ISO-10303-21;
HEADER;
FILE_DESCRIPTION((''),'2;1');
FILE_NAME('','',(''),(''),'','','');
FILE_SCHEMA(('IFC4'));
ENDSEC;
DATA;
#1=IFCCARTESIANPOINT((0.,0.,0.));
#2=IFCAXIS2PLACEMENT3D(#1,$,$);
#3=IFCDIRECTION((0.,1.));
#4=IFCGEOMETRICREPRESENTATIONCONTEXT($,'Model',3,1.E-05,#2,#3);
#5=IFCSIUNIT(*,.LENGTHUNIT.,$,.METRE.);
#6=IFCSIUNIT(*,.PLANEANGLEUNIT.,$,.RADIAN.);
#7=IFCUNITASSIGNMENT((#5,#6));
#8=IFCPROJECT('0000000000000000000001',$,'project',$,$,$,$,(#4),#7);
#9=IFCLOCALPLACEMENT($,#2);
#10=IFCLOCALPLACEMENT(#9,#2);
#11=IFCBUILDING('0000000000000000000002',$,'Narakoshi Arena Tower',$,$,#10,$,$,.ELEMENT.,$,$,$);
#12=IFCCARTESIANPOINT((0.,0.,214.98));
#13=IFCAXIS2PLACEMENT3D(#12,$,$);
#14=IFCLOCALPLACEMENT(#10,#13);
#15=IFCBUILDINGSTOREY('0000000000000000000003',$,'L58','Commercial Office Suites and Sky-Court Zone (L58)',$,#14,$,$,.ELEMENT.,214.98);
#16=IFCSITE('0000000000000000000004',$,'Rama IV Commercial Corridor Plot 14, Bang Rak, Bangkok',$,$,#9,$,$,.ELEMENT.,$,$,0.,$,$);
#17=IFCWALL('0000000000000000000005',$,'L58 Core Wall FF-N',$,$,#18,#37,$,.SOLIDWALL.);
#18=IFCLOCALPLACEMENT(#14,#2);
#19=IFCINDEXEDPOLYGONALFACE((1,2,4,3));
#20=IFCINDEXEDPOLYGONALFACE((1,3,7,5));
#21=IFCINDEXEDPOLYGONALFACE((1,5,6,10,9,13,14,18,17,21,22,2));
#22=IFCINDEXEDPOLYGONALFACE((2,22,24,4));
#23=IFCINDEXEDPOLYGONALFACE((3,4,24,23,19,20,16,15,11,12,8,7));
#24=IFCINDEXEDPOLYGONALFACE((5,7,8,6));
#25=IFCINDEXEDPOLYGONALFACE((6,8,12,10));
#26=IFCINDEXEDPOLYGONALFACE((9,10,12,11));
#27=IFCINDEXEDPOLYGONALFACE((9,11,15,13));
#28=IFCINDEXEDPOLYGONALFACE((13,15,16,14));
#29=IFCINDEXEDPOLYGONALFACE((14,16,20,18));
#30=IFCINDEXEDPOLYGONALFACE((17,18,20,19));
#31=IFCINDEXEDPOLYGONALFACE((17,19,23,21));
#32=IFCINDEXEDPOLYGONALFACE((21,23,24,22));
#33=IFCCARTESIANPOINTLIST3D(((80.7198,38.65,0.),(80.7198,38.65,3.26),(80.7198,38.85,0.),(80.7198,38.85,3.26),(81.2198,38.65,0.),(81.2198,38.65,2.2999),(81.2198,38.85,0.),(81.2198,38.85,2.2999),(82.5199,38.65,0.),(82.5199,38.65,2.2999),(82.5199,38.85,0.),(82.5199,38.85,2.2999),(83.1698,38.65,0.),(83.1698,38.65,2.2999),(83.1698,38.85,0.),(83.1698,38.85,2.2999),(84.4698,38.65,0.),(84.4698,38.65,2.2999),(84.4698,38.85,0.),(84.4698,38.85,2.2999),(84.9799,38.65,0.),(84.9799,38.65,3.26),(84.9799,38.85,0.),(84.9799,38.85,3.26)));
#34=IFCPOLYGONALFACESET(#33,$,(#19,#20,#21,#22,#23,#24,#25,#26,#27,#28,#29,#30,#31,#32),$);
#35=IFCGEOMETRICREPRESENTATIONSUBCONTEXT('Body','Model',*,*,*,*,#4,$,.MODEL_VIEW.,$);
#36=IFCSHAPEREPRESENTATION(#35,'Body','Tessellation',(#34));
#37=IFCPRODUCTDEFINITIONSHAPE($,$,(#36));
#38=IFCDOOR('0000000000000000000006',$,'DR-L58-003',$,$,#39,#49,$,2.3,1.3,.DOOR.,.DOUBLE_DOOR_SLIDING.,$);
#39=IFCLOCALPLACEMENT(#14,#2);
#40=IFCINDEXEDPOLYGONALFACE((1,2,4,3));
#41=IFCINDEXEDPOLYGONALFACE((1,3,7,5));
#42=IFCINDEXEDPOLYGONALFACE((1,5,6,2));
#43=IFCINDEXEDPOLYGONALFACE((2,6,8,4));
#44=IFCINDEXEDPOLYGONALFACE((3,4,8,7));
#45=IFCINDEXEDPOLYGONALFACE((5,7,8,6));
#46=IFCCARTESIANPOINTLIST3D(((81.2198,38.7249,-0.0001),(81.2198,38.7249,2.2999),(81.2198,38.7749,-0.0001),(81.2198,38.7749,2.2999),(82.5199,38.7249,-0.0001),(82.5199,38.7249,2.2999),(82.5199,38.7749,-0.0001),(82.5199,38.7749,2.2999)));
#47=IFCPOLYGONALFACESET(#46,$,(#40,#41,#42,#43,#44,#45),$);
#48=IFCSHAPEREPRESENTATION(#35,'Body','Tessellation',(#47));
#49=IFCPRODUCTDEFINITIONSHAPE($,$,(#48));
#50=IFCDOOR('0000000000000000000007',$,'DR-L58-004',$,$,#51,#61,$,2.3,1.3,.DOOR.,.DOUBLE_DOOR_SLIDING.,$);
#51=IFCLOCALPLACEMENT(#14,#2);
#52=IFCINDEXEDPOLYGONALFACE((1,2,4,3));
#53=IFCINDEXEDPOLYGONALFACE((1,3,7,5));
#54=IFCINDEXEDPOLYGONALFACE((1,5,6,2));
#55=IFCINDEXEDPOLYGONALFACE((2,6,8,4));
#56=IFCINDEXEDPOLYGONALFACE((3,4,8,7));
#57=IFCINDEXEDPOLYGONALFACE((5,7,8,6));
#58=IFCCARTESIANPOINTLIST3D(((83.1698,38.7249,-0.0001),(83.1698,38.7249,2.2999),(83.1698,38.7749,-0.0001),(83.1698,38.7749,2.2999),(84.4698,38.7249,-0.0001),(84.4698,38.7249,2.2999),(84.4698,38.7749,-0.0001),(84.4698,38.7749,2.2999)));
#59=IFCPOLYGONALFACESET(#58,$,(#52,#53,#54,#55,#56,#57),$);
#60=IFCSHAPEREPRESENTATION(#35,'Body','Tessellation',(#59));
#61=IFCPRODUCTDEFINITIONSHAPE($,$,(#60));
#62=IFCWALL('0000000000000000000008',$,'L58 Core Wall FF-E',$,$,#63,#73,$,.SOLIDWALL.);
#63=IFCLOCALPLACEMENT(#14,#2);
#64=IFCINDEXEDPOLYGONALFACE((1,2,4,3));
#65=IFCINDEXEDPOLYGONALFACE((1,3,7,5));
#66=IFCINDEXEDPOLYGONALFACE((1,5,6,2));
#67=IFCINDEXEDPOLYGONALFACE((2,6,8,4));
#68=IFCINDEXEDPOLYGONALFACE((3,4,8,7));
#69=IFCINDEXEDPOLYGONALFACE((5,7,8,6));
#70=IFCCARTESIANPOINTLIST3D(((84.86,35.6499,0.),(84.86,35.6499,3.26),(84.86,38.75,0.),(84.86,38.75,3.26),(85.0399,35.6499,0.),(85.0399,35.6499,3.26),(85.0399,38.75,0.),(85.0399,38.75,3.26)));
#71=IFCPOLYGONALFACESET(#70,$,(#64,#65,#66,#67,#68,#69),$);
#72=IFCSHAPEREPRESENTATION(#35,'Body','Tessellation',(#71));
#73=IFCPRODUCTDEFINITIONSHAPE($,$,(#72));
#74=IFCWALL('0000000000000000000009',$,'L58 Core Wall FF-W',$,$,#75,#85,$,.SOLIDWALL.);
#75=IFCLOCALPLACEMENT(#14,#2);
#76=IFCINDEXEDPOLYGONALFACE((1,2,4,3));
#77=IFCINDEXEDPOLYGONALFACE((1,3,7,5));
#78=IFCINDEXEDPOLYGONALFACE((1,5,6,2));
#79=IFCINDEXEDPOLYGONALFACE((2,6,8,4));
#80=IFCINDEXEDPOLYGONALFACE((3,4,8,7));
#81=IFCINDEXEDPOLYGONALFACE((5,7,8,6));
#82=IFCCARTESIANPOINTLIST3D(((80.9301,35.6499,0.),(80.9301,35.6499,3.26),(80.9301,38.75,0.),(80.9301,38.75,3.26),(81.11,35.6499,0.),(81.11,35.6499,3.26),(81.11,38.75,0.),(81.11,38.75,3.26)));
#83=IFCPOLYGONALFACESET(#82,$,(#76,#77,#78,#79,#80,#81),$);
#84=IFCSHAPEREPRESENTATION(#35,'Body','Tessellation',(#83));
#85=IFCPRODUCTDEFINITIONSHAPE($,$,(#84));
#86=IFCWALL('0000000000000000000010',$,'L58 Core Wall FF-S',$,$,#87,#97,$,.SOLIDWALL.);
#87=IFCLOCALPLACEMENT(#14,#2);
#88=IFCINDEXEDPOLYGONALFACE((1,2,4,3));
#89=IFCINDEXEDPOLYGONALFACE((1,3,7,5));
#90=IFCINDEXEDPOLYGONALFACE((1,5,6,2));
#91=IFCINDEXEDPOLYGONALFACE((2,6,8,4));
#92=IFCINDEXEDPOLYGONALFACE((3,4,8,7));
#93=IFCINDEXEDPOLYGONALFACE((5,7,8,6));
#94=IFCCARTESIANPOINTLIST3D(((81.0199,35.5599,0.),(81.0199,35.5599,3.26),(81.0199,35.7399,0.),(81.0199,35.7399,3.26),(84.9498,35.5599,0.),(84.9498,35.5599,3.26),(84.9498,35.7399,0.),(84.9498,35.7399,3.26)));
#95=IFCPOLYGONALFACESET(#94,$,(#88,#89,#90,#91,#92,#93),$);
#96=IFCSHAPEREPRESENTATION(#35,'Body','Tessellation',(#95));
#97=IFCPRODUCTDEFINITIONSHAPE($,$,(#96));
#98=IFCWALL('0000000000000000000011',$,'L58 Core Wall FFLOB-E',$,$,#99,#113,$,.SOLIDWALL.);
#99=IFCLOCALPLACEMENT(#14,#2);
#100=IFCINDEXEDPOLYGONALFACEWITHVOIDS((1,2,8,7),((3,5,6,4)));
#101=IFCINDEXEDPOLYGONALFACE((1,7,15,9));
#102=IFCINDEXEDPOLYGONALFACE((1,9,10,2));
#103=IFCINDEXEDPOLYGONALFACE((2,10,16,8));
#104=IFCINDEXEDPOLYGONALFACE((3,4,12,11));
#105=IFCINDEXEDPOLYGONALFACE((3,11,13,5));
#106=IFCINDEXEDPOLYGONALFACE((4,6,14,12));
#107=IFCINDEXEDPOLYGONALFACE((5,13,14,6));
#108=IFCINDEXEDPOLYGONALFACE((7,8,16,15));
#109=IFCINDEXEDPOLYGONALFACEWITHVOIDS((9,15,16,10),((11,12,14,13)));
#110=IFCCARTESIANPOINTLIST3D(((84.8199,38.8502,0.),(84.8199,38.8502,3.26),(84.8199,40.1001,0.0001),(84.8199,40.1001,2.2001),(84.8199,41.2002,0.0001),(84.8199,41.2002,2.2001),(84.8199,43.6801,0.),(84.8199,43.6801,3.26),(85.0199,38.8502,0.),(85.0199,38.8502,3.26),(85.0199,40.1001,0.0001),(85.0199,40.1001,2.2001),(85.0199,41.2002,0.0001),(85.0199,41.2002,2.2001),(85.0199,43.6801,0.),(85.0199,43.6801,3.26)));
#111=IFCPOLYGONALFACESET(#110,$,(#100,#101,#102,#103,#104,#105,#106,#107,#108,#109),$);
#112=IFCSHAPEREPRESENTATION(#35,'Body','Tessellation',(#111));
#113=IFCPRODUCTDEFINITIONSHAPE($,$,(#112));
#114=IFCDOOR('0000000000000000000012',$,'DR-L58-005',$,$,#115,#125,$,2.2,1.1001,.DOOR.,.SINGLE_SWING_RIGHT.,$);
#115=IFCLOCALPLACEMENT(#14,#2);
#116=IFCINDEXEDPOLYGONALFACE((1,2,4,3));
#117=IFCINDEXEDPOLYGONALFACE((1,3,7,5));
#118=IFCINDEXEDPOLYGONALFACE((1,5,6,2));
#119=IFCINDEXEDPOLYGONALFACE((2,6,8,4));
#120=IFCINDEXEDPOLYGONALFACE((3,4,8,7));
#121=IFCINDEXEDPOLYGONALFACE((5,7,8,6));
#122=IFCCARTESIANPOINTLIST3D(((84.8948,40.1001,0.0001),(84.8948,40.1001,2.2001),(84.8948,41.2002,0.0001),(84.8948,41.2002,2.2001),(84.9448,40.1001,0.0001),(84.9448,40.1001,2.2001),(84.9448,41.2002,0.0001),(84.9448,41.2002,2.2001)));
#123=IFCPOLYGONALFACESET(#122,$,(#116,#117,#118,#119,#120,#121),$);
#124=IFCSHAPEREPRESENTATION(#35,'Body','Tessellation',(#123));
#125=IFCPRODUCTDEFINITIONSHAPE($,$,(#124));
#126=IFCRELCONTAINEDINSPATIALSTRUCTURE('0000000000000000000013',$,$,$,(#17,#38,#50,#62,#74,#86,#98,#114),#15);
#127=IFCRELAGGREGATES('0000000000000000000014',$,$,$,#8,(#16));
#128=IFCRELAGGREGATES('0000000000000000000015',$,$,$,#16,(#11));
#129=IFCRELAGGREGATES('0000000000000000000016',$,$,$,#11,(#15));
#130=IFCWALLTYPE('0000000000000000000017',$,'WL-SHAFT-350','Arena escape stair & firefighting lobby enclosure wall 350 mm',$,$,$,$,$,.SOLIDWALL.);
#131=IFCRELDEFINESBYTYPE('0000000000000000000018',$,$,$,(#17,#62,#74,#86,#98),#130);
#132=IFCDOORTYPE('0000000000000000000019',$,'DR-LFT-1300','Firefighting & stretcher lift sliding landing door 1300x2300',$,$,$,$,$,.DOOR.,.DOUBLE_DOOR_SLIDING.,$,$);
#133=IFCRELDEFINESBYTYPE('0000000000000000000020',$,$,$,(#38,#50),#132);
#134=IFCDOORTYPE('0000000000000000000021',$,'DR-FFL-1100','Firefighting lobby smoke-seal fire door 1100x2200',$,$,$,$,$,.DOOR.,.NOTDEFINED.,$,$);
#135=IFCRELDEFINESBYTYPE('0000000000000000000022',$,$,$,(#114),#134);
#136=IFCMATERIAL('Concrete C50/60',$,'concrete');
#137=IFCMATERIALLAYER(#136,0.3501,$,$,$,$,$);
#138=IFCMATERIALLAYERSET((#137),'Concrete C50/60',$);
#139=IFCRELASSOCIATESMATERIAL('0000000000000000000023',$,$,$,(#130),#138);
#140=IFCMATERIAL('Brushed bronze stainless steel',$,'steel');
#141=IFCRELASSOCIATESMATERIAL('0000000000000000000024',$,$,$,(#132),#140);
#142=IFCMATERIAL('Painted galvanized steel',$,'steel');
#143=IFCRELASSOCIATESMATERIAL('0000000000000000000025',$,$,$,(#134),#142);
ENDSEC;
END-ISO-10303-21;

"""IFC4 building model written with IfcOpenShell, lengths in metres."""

from ifc_helpers import new_model, si_unit, direction, frame, frame_2d, origin, place, context, subcontext, project, spatial, rectangle, extrude, material, layer, layer_set, type_object, element, fill, save


model = new_model("IFC4")

# Units and contexts
model_context = context("Model", 3, precision=1e-05, world=origin(), true_north=direction((0.0, 1.0)))
body_context = subcontext(model_context, "Body", "Model", "MODEL_VIEW")
ifc_project = project(units=[si_unit("LENGTHUNIT", "METRE"), si_unit("PLANEANGLEUNIT", "RADIAN")], contexts=[model_context])

# Site, building, storey
site_placement = place(None, origin())
site = spatial("IfcSite", under=ifc_project, at=site_placement, Name="Rama IV Commercial Corridor Plot 14, Bang Rak, Bangkok", CompositionType="ELEMENT", RefElevation=0.0)
building_placement = place(site_placement, origin())
building = spatial("IfcBuilding", under=site, at=building_placement, Name="Narakoshi Arena Tower", CompositionType="ELEMENT")
storey_placement = place(building_placement, frame((0.0, 0.0, 214.98)))
storey = spatial("IfcBuildingStorey", under=building, at=storey_placement, Name="L58", Description="Commercial Office Suites and Sky-Court Zone (L58)", CompositionType="ELEMENT", Elevation=214.98)

# Shared definitions
ifc_material_1 = material(Name="Concrete C50/60", Category="concrete")
ifc_layer_1 = layer(ifc_material_1, 0.3501)
ifc_layer_set_1 = layer_set([ifc_layer_1], Name="Concrete C50/60")
wall_type_1 = type_object("IfcWallType", Name="WL-SHAFT-350", Description="Arena escape stair & firefighting lobby enclosure wall 350 mm", PredefinedType="SOLIDWALL", material=ifc_layer_set_1)

# Shared definitions
ifc_material_2 = material(Name="Painted galvanized steel", Category="steel")

# Wall, openings, doors
wall_1_placement = place(storey_placement, frame((80.72, 38.75, 0.0), z_axis=(0.0, 0.0, 1.0), x_axis=(1.0, 0.0, 0.0)))
wall_1 = element("IfcWall", 1, at=wall_1_placement, inside=storey, type_object=wall_type_1, Name="L58 Core Wall FF-N", PredefinedType="SOLIDWALL", context=body_context, shape_type="SweptSolid", body=[
    extrude(rectangle(XDim=4.26, YDim=0.2, at=frame_2d((2.1299, 0.0))), origin(), (0.0, 0.0, 1.0), 3.26),
])
opening_1_placement = place(wall_1_placement, frame((0.5, 0.0, 0.0)))
opening_1 = element("IfcOpeningElement", 2, at=opening_1_placement, cuts=wall_1, PredefinedType="OPENING", context=body_context, shape_type="SweptSolid", body=[
    extrude(rectangle(XDim=1.3, YDim=2.3, at=frame_2d((0.6499, 1.1499))), frame((0.0, 0.1099, 0.0), z_axis=(0.0, -1.0, 0.0), x_axis=(1.0, 0.0, 0.0)), (0.0, 0.0, 1.0), 0.22),
])
opening_2_placement = place(wall_1_placement, frame((2.45, 0.0, 0.0)))
opening_2 = element("IfcOpeningElement", 3, at=opening_2_placement, cuts=wall_1, PredefinedType="OPENING", context=body_context, shape_type="SweptSolid", body=[
    extrude(rectangle(XDim=1.3, YDim=2.3, at=frame_2d((0.6499, 1.1499))), frame((0.0, 0.1099, 0.0), z_axis=(0.0, -1.0, 0.0), x_axis=(1.0, 0.0, 0.0)), (0.0, 0.0, 1.0), 0.22),
])
ifc_material_3 = material(Name="Brushed bronze stainless steel", Category="steel")
door_type_1 = type_object("IfcDoorType", Name="DR-LFT-1300", Description="Firefighting & stretcher lift sliding landing door 1300x2300", OperationType="DOUBLE_DOOR_SLIDING", PredefinedType="DOOR", material=ifc_material_3)
door_1_placement = place(opening_1_placement, origin())
door_1 = element("IfcDoor", 4, at=door_1_placement, inside=storey, type_object=door_type_1, Name="DR-L58-003", OperationType="DOUBLE_DOOR_SLIDING", OverallHeight=2.3, OverallWidth=1.3, PredefinedType="DOOR", context=body_context, shape_type="SweptSolid", body=[
    extrude(rectangle(XDim=1.3, YDim=2.3, at=frame_2d((0.6499, 1.1499))), frame((0.0, 0.0249, 0.0), z_axis=(0.0, -1.0, 0.0), x_axis=(1.0, 0.0, 0.0)), (0.0, 0.0, 1.0), 0.05),
])
fill(opening_1, door_1)
door_2_placement = place(opening_2_placement, origin())
door_2 = element("IfcDoor", 5, at=door_2_placement, inside=storey, type_object=door_type_1, Name="DR-L58-004", OperationType="DOUBLE_DOOR_SLIDING", OverallHeight=2.3, OverallWidth=1.3, PredefinedType="DOOR", context=body_context, shape_type="SweptSolid", body=[
    extrude(rectangle(XDim=1.3, YDim=2.3, at=frame_2d((0.6499, 1.1499))), frame((0.0, 0.0249, 0.0), z_axis=(0.0, -1.0, 0.0), x_axis=(1.0, 0.0, 0.0)), (0.0, 0.0, 1.0), 0.05),
])
fill(opening_2, door_2)

# Walls
for number, where, z_axis, x_axis, name in (
    (6, (84.95, 35.6499, 0.0), (0.0, 0.0, 1.0), (0.0, 1.0, 0.0), "L58 Core Wall FF-E"),
    (7, (81.02, 35.6499, 0.0), (0.0, 0.0, 1.0), (0.0, 1.0, 0.0), "L58 Core Wall FF-W"),
):
    element("IfcWall", number, at=place(storey_placement, frame(where, z_axis=z_axis, x_axis=x_axis)), inside=storey, type_object=wall_type_1, Name=name, PredefinedType="SOLIDWALL", context=body_context, shape_type="SweptSolid", body=[
        extrude(rectangle(XDim=3.1001, YDim=0.1799, at=frame_2d((1.55, 0.0))), origin(), (0.0, 0.0, 1.0), 3.26),
    ])
wall_2_placement = place(storey_placement, frame((81.02, 35.6499, 0.0), z_axis=(0.0, 0.0, 1.0), x_axis=(1.0, 0.0, 0.0)))
element("IfcWall", 8, at=wall_2_placement, inside=storey, type_object=wall_type_1, Name="L58 Core Wall FF-S", PredefinedType="SOLIDWALL", context=body_context, shape_type="SweptSolid", body=[
    extrude(rectangle(XDim=3.9299, YDim=0.1799, at=frame_2d((1.9648, 0.0))), origin(), (0.0, 0.0, 1.0), 3.26),
])

# Wall, opening, door
wall_3_placement = place(storey_placement, frame((84.9199, 38.8501, 0.0), z_axis=(0.0, 0.0, 1.0), x_axis=(0.0, 1.0, 0.0)))
wall_3 = element("IfcWall", 9, at=wall_3_placement, inside=storey, type_object=wall_type_1, Name="L58 Core Wall FFLOB-E", PredefinedType="SOLIDWALL", context=body_context, shape_type="SweptSolid", body=[
    extrude(rectangle(XDim=4.8298, YDim=0.2, at=frame_2d((2.415, 0.0))), origin(), (0.0, 0.0, 1.0), 3.26),
])
opening_3_placement = place(wall_3_placement, frame((1.25, 0.0, 0.0)))
opening_3 = element("IfcOpeningElement", 10, at=opening_3_placement, cuts=wall_3, PredefinedType="OPENING", context=body_context, shape_type="SweptSolid", body=[
    extrude(rectangle(XDim=1.1001, YDim=2.2, at=frame_2d((0.55, 1.1001))), frame((0.0, 0.1099, 0.0), z_axis=(0.0, -1.0, 0.0), x_axis=(1.0, 0.0, 0.0)), (0.0, 0.0, 1.0), 0.22),
])
door_type_2 = type_object("IfcDoorType", Name="DR-FFL-1100", Description="Firefighting lobby smoke-seal fire door 1100x2200", OperationType="NOTDEFINED", PredefinedType="DOOR", material=ifc_material_2)
door_3_placement = place(opening_3_placement, frame((1.1001, 0.0, 0.0), z_axis=(0.0, 0.0, 1.0), x_axis=(-1.0, 0.0, 0.0)))
door_3 = element("IfcDoor", 11, at=door_3_placement, inside=storey, type_object=door_type_2, Name="DR-L58-005", OperationType="SINGLE_SWING_RIGHT", OverallHeight=2.2, OverallWidth=1.1001, PredefinedType="DOOR", context=body_context, shape_type="SweptSolid", body=[
    extrude(rectangle(XDim=1.1001, YDim=2.2, at=frame_2d((0.55, 1.1001))), frame((0.0, 0.0249, 0.0), z_axis=(0.0, -1.0, 0.0), x_axis=(1.0, 0.0, 0.0)), (0.0, 0.0, 1.0), 0.05),
])
fill(opening_3, door_3)

save(model, "model.ifc")
